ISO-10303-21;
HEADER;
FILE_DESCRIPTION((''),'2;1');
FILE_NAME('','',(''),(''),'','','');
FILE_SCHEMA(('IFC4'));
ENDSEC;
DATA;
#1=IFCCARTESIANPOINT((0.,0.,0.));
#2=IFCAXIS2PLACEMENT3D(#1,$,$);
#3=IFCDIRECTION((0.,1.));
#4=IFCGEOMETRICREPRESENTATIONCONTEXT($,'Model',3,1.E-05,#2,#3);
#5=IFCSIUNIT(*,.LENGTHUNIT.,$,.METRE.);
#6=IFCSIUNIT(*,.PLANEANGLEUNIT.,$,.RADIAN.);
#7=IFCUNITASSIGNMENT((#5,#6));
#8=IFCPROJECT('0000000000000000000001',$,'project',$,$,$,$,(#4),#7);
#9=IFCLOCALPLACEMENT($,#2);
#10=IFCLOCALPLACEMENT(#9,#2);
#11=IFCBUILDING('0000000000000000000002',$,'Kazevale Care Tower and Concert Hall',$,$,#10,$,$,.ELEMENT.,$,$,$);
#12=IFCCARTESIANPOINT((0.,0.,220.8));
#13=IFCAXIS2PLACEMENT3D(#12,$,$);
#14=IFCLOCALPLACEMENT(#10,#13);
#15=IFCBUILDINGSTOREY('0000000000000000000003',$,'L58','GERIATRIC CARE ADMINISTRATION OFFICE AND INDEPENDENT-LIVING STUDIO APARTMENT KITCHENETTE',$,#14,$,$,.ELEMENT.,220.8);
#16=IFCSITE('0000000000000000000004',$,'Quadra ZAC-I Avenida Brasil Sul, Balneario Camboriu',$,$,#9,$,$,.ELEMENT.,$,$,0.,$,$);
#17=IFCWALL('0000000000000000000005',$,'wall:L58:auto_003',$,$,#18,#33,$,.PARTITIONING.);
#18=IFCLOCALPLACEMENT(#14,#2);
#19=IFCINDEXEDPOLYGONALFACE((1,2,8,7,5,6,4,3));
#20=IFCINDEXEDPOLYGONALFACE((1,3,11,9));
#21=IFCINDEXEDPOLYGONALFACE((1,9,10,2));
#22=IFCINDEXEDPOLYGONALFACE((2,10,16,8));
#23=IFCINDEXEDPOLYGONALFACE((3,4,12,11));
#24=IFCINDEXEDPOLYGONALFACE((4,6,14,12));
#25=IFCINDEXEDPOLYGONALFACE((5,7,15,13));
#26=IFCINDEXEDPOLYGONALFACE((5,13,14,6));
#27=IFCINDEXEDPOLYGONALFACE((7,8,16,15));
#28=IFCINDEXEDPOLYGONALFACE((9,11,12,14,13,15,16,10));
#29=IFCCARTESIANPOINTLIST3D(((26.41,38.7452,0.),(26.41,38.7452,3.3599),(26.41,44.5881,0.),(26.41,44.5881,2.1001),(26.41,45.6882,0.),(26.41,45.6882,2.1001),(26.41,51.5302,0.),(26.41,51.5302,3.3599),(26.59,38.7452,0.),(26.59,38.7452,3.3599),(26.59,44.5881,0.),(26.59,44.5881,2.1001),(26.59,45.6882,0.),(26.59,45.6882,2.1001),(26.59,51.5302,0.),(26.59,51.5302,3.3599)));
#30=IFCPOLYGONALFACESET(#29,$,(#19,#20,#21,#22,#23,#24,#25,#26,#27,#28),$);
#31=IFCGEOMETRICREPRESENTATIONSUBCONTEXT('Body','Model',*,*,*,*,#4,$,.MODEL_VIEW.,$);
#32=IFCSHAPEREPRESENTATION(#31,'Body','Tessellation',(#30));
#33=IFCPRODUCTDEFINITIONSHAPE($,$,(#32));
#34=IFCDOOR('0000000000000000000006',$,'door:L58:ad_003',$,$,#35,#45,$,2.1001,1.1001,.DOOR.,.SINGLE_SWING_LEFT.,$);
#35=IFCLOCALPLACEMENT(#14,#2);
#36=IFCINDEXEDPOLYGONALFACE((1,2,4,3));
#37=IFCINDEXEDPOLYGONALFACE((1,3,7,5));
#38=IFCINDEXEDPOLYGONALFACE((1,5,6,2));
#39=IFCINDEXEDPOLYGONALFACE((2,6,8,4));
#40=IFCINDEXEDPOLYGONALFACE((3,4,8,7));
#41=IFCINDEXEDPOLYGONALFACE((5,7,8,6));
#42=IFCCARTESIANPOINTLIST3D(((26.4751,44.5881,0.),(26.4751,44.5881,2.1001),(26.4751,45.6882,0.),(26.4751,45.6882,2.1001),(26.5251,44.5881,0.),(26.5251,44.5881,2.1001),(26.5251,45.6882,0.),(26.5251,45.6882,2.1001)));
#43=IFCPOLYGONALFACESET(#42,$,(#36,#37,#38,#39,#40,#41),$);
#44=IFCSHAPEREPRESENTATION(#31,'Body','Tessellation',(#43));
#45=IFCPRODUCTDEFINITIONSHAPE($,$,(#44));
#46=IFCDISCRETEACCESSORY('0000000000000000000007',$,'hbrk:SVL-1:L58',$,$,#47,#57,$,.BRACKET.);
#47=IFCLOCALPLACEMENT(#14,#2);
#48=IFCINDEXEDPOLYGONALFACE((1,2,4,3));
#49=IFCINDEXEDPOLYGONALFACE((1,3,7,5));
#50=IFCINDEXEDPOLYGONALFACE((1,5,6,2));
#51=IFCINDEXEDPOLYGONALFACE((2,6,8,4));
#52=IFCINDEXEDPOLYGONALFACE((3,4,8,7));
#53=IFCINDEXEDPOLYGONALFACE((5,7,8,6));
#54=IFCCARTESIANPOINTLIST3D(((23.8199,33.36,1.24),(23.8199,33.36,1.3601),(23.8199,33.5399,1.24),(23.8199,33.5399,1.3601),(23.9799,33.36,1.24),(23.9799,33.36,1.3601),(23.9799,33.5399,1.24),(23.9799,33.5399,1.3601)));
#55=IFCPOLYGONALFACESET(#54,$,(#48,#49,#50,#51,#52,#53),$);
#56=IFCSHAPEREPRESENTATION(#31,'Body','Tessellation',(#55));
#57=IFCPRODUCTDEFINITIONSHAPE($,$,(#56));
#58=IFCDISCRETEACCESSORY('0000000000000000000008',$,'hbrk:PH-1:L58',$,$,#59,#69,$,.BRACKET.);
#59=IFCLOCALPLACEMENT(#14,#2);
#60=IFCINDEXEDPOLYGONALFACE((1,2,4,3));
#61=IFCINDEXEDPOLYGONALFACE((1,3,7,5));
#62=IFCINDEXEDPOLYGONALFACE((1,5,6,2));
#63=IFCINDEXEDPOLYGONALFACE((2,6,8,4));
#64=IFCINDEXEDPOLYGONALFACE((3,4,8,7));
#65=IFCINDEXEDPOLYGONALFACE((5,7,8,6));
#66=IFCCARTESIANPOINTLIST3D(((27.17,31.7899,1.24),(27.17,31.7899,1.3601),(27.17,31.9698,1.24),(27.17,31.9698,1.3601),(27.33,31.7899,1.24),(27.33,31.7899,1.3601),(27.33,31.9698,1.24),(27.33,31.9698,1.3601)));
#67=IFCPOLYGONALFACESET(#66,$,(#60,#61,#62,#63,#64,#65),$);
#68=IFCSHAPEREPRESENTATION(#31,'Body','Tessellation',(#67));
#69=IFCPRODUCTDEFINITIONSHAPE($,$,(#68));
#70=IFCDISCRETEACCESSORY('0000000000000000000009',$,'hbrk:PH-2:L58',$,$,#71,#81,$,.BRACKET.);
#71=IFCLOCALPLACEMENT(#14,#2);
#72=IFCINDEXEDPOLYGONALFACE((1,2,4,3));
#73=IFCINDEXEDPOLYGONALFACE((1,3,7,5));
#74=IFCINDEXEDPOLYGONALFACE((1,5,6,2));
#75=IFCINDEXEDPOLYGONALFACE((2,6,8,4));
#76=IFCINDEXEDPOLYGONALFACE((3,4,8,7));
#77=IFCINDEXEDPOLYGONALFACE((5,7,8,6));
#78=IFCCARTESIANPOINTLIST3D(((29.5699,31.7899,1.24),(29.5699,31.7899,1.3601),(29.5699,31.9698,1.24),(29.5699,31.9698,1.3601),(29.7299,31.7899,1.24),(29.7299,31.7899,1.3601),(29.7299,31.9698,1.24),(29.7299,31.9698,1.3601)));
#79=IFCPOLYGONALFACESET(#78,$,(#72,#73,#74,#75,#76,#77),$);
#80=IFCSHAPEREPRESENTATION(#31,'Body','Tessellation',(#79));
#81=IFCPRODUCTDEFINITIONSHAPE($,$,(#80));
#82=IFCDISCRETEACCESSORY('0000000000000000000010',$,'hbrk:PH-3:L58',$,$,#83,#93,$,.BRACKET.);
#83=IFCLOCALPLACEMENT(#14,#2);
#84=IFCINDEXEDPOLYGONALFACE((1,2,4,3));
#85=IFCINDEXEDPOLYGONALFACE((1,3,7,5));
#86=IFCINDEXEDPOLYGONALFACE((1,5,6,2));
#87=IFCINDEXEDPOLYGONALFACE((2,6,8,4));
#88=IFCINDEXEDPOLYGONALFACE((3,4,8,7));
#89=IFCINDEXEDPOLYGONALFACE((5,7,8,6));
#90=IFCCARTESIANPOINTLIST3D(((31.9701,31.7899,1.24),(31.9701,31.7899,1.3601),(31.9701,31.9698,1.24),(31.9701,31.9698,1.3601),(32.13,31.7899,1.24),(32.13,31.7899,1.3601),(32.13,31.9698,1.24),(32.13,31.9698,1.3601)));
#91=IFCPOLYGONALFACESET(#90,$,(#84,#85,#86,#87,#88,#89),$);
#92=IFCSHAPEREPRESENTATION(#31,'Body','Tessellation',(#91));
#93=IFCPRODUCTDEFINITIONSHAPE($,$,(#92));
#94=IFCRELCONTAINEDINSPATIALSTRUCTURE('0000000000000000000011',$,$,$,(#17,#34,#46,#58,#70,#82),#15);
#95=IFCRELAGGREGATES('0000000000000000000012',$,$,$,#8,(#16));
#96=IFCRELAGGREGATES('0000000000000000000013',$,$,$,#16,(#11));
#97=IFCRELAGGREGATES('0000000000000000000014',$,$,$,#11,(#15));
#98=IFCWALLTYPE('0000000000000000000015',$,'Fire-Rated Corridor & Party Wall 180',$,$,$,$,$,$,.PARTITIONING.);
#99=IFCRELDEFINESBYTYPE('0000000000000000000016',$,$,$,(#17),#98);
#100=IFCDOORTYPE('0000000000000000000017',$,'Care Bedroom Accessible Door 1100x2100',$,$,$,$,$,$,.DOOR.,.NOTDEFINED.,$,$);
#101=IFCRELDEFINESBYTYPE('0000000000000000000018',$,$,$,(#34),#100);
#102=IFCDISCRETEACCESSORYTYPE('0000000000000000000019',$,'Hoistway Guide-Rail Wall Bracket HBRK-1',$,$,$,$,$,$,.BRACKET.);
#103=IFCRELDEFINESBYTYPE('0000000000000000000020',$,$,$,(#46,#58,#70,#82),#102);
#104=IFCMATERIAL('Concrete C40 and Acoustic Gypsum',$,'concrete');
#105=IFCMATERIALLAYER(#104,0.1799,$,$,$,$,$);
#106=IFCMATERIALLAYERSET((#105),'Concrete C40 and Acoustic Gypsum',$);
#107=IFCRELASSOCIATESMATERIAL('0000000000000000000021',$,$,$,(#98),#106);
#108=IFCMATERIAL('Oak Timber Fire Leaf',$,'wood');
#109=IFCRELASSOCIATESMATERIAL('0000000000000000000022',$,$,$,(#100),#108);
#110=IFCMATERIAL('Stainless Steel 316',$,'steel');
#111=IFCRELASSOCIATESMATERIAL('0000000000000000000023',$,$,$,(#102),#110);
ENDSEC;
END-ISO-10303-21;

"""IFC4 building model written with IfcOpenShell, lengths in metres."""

from ifc_helpers import new_model, si_unit, direction, frame, frame_2d, origin, origin_2d, place, context, subcontext, project, spatial, rectangle, extrude, material, layer, layer_set, type_object, element, fill, save


model = new_model("IFC4")

# Units and contexts
model_context = context("Model", 3, precision=1e-05, world=origin(), true_north=direction((0.0, 1.0)))
body_context = subcontext(model_context, "Body", "Model", "MODEL_VIEW")
ifc_project = project(units=[si_unit("LENGTHUNIT", "METRE"), si_unit("PLANEANGLEUNIT", "RADIAN")], contexts=[model_context])

# Site, building, storey
site_placement = place(None, origin())
site = spatial("IfcSite", under=ifc_project, at=site_placement, Name="Quadra ZAC-I Avenida Brasil Sul, Balneario Camboriu", CompositionType="ELEMENT", RefElevation=0.0)
building_placement = place(site_placement, origin())
building = spatial("IfcBuilding", under=site, at=building_placement, Name="Kazevale Care Tower and Concert Hall", CompositionType="ELEMENT")
storey_placement = place(building_placement, frame((0.0, 0.0, 220.8)))
storey = spatial("IfcBuildingStorey", under=building, at=storey_placement, Name="L58", Description="GERIATRIC CARE ADMINISTRATION OFFICE AND INDEPENDENT-LIVING STUDIO APARTMENT KITCHENETTE", CompositionType="ELEMENT", Elevation=220.8)

# Shared definitions
ifc_material_1 = material(Name="Oak Timber Fire Leaf", Category="wood")

# Shared definitions
ifc_material_2 = material(Name="Stainless Steel 316", Category="steel")

# Wall, opening, door
ifc_material_3 = material(Name="Concrete C40 and Acoustic Gypsum", Category="concrete")
ifc_layer_1 = layer(ifc_material_3, 0.1799)
ifc_layer_set_1 = layer_set([ifc_layer_1], Name="Concrete C40 and Acoustic Gypsum")
wall_type_1 = type_object("IfcWallType", Name="Fire-Rated Corridor & Party Wall 180", PredefinedType="PARTITIONING", material=ifc_layer_set_1)
wall_1_placement = place(storey_placement, frame((26.5, 38.7451, 0.0), z_axis=(0.0, 0.0, 1.0), x_axis=(0.0, 1.0, 0.0)))
wall_1 = element("IfcWall", 1, at=wall_1_placement, inside=storey, type_object=wall_type_1, Name="wall:L58:auto_003", PredefinedType="PARTITIONING", context=body_context, shape_type="SweptSolid", body=[
    extrude(rectangle(XDim=12.7849, YDim=0.1799, at=frame_2d((6.3926, 0.0))), origin(), (0.0, 0.0, 1.0), 3.3599),
])
opening_1_placement = place(wall_1_placement, frame((5.843, 0.0, 0.0)))
opening_1 = element("IfcOpeningElement", 2, at=opening_1_placement, cuts=wall_1, PredefinedType="OPENING", context=body_context, shape_type="SweptSolid", body=[
    extrude(rectangle(XDim=1.1001, YDim=2.1001, at=frame_2d((0.55, 1.05))), frame((0.0, 0.0999, 0.0), z_axis=(0.0, -1.0, 0.0), x_axis=(1.0, 0.0, 0.0)), (0.0, 0.0, 1.0), 0.2),
])
door_type_1 = type_object("IfcDoorType", Name="Care Bedroom Accessible Door 1100x2100", OperationType="NOTDEFINED", PredefinedType="DOOR", material=ifc_material_1)
door_1_placement = place(opening_1_placement, origin())
door_1 = element("IfcDoor", 3, at=door_1_placement, inside=storey, type_object=door_type_1, Name="door:L58:ad_003", OperationType="SINGLE_SWING_LEFT", OverallHeight=2.1001, OverallWidth=1.1001, PredefinedType="DOOR", context=body_context, shape_type="SweptSolid", body=[
    extrude(rectangle(XDim=1.1001, YDim=2.1001, at=frame_2d((0.55, 1.05))), frame((0.0, 0.0249, 0.0), z_axis=(0.0, -1.0, 0.0), x_axis=(1.0, 0.0, 0.0)), (0.0, 0.0, 1.0), 0.05),
])
fill(opening_1, door_1)

# Discrete accessories
discrete_accessory_type = type_object("IfcDiscreteAccessoryType", Name="Hoistway Guide-Rail Wall Bracket HBRK-1", PredefinedType="BRACKET", material=ifc_material_2)
for number, where, z_axis, x_axis, name in (
    (4, (23.8999, 33.45, 1.24), (0.0, 0.0, 1.0), (1.0, 0.0, 0.0), "hbrk:SVL-1:L58"),
    (5, (27.25, 31.8799, 1.24), (0.0, 0.0, 1.0), (1.0, 0.0, 0.0), "hbrk:PH-1:L58"),
    (6, (29.6499, 31.8799, 1.24), (0.0, 0.0, 1.0), (1.0, 0.0, 0.0), "hbrk:PH-2:L58"),
    (7, (32.05, 31.8799, 1.24), (0.0, 0.0, 1.0), (1.0, 0.0, 0.0), "hbrk:PH-3:L58"),
):
    element("IfcDiscreteAccessory", number, at=place(storey_placement, frame(where, z_axis=z_axis, x_axis=x_axis)), inside=storey, type_object=discrete_accessory_type, Name=name, PredefinedType="BRACKET", context=body_context, shape_type="SweptSolid", body=[
        extrude(rectangle(XDim=0.1599, YDim=0.1799, at=origin_2d()), origin(), (0.0, 0.0, 1.0), 0.1201),
    ])

save(model, "model.ifc")
